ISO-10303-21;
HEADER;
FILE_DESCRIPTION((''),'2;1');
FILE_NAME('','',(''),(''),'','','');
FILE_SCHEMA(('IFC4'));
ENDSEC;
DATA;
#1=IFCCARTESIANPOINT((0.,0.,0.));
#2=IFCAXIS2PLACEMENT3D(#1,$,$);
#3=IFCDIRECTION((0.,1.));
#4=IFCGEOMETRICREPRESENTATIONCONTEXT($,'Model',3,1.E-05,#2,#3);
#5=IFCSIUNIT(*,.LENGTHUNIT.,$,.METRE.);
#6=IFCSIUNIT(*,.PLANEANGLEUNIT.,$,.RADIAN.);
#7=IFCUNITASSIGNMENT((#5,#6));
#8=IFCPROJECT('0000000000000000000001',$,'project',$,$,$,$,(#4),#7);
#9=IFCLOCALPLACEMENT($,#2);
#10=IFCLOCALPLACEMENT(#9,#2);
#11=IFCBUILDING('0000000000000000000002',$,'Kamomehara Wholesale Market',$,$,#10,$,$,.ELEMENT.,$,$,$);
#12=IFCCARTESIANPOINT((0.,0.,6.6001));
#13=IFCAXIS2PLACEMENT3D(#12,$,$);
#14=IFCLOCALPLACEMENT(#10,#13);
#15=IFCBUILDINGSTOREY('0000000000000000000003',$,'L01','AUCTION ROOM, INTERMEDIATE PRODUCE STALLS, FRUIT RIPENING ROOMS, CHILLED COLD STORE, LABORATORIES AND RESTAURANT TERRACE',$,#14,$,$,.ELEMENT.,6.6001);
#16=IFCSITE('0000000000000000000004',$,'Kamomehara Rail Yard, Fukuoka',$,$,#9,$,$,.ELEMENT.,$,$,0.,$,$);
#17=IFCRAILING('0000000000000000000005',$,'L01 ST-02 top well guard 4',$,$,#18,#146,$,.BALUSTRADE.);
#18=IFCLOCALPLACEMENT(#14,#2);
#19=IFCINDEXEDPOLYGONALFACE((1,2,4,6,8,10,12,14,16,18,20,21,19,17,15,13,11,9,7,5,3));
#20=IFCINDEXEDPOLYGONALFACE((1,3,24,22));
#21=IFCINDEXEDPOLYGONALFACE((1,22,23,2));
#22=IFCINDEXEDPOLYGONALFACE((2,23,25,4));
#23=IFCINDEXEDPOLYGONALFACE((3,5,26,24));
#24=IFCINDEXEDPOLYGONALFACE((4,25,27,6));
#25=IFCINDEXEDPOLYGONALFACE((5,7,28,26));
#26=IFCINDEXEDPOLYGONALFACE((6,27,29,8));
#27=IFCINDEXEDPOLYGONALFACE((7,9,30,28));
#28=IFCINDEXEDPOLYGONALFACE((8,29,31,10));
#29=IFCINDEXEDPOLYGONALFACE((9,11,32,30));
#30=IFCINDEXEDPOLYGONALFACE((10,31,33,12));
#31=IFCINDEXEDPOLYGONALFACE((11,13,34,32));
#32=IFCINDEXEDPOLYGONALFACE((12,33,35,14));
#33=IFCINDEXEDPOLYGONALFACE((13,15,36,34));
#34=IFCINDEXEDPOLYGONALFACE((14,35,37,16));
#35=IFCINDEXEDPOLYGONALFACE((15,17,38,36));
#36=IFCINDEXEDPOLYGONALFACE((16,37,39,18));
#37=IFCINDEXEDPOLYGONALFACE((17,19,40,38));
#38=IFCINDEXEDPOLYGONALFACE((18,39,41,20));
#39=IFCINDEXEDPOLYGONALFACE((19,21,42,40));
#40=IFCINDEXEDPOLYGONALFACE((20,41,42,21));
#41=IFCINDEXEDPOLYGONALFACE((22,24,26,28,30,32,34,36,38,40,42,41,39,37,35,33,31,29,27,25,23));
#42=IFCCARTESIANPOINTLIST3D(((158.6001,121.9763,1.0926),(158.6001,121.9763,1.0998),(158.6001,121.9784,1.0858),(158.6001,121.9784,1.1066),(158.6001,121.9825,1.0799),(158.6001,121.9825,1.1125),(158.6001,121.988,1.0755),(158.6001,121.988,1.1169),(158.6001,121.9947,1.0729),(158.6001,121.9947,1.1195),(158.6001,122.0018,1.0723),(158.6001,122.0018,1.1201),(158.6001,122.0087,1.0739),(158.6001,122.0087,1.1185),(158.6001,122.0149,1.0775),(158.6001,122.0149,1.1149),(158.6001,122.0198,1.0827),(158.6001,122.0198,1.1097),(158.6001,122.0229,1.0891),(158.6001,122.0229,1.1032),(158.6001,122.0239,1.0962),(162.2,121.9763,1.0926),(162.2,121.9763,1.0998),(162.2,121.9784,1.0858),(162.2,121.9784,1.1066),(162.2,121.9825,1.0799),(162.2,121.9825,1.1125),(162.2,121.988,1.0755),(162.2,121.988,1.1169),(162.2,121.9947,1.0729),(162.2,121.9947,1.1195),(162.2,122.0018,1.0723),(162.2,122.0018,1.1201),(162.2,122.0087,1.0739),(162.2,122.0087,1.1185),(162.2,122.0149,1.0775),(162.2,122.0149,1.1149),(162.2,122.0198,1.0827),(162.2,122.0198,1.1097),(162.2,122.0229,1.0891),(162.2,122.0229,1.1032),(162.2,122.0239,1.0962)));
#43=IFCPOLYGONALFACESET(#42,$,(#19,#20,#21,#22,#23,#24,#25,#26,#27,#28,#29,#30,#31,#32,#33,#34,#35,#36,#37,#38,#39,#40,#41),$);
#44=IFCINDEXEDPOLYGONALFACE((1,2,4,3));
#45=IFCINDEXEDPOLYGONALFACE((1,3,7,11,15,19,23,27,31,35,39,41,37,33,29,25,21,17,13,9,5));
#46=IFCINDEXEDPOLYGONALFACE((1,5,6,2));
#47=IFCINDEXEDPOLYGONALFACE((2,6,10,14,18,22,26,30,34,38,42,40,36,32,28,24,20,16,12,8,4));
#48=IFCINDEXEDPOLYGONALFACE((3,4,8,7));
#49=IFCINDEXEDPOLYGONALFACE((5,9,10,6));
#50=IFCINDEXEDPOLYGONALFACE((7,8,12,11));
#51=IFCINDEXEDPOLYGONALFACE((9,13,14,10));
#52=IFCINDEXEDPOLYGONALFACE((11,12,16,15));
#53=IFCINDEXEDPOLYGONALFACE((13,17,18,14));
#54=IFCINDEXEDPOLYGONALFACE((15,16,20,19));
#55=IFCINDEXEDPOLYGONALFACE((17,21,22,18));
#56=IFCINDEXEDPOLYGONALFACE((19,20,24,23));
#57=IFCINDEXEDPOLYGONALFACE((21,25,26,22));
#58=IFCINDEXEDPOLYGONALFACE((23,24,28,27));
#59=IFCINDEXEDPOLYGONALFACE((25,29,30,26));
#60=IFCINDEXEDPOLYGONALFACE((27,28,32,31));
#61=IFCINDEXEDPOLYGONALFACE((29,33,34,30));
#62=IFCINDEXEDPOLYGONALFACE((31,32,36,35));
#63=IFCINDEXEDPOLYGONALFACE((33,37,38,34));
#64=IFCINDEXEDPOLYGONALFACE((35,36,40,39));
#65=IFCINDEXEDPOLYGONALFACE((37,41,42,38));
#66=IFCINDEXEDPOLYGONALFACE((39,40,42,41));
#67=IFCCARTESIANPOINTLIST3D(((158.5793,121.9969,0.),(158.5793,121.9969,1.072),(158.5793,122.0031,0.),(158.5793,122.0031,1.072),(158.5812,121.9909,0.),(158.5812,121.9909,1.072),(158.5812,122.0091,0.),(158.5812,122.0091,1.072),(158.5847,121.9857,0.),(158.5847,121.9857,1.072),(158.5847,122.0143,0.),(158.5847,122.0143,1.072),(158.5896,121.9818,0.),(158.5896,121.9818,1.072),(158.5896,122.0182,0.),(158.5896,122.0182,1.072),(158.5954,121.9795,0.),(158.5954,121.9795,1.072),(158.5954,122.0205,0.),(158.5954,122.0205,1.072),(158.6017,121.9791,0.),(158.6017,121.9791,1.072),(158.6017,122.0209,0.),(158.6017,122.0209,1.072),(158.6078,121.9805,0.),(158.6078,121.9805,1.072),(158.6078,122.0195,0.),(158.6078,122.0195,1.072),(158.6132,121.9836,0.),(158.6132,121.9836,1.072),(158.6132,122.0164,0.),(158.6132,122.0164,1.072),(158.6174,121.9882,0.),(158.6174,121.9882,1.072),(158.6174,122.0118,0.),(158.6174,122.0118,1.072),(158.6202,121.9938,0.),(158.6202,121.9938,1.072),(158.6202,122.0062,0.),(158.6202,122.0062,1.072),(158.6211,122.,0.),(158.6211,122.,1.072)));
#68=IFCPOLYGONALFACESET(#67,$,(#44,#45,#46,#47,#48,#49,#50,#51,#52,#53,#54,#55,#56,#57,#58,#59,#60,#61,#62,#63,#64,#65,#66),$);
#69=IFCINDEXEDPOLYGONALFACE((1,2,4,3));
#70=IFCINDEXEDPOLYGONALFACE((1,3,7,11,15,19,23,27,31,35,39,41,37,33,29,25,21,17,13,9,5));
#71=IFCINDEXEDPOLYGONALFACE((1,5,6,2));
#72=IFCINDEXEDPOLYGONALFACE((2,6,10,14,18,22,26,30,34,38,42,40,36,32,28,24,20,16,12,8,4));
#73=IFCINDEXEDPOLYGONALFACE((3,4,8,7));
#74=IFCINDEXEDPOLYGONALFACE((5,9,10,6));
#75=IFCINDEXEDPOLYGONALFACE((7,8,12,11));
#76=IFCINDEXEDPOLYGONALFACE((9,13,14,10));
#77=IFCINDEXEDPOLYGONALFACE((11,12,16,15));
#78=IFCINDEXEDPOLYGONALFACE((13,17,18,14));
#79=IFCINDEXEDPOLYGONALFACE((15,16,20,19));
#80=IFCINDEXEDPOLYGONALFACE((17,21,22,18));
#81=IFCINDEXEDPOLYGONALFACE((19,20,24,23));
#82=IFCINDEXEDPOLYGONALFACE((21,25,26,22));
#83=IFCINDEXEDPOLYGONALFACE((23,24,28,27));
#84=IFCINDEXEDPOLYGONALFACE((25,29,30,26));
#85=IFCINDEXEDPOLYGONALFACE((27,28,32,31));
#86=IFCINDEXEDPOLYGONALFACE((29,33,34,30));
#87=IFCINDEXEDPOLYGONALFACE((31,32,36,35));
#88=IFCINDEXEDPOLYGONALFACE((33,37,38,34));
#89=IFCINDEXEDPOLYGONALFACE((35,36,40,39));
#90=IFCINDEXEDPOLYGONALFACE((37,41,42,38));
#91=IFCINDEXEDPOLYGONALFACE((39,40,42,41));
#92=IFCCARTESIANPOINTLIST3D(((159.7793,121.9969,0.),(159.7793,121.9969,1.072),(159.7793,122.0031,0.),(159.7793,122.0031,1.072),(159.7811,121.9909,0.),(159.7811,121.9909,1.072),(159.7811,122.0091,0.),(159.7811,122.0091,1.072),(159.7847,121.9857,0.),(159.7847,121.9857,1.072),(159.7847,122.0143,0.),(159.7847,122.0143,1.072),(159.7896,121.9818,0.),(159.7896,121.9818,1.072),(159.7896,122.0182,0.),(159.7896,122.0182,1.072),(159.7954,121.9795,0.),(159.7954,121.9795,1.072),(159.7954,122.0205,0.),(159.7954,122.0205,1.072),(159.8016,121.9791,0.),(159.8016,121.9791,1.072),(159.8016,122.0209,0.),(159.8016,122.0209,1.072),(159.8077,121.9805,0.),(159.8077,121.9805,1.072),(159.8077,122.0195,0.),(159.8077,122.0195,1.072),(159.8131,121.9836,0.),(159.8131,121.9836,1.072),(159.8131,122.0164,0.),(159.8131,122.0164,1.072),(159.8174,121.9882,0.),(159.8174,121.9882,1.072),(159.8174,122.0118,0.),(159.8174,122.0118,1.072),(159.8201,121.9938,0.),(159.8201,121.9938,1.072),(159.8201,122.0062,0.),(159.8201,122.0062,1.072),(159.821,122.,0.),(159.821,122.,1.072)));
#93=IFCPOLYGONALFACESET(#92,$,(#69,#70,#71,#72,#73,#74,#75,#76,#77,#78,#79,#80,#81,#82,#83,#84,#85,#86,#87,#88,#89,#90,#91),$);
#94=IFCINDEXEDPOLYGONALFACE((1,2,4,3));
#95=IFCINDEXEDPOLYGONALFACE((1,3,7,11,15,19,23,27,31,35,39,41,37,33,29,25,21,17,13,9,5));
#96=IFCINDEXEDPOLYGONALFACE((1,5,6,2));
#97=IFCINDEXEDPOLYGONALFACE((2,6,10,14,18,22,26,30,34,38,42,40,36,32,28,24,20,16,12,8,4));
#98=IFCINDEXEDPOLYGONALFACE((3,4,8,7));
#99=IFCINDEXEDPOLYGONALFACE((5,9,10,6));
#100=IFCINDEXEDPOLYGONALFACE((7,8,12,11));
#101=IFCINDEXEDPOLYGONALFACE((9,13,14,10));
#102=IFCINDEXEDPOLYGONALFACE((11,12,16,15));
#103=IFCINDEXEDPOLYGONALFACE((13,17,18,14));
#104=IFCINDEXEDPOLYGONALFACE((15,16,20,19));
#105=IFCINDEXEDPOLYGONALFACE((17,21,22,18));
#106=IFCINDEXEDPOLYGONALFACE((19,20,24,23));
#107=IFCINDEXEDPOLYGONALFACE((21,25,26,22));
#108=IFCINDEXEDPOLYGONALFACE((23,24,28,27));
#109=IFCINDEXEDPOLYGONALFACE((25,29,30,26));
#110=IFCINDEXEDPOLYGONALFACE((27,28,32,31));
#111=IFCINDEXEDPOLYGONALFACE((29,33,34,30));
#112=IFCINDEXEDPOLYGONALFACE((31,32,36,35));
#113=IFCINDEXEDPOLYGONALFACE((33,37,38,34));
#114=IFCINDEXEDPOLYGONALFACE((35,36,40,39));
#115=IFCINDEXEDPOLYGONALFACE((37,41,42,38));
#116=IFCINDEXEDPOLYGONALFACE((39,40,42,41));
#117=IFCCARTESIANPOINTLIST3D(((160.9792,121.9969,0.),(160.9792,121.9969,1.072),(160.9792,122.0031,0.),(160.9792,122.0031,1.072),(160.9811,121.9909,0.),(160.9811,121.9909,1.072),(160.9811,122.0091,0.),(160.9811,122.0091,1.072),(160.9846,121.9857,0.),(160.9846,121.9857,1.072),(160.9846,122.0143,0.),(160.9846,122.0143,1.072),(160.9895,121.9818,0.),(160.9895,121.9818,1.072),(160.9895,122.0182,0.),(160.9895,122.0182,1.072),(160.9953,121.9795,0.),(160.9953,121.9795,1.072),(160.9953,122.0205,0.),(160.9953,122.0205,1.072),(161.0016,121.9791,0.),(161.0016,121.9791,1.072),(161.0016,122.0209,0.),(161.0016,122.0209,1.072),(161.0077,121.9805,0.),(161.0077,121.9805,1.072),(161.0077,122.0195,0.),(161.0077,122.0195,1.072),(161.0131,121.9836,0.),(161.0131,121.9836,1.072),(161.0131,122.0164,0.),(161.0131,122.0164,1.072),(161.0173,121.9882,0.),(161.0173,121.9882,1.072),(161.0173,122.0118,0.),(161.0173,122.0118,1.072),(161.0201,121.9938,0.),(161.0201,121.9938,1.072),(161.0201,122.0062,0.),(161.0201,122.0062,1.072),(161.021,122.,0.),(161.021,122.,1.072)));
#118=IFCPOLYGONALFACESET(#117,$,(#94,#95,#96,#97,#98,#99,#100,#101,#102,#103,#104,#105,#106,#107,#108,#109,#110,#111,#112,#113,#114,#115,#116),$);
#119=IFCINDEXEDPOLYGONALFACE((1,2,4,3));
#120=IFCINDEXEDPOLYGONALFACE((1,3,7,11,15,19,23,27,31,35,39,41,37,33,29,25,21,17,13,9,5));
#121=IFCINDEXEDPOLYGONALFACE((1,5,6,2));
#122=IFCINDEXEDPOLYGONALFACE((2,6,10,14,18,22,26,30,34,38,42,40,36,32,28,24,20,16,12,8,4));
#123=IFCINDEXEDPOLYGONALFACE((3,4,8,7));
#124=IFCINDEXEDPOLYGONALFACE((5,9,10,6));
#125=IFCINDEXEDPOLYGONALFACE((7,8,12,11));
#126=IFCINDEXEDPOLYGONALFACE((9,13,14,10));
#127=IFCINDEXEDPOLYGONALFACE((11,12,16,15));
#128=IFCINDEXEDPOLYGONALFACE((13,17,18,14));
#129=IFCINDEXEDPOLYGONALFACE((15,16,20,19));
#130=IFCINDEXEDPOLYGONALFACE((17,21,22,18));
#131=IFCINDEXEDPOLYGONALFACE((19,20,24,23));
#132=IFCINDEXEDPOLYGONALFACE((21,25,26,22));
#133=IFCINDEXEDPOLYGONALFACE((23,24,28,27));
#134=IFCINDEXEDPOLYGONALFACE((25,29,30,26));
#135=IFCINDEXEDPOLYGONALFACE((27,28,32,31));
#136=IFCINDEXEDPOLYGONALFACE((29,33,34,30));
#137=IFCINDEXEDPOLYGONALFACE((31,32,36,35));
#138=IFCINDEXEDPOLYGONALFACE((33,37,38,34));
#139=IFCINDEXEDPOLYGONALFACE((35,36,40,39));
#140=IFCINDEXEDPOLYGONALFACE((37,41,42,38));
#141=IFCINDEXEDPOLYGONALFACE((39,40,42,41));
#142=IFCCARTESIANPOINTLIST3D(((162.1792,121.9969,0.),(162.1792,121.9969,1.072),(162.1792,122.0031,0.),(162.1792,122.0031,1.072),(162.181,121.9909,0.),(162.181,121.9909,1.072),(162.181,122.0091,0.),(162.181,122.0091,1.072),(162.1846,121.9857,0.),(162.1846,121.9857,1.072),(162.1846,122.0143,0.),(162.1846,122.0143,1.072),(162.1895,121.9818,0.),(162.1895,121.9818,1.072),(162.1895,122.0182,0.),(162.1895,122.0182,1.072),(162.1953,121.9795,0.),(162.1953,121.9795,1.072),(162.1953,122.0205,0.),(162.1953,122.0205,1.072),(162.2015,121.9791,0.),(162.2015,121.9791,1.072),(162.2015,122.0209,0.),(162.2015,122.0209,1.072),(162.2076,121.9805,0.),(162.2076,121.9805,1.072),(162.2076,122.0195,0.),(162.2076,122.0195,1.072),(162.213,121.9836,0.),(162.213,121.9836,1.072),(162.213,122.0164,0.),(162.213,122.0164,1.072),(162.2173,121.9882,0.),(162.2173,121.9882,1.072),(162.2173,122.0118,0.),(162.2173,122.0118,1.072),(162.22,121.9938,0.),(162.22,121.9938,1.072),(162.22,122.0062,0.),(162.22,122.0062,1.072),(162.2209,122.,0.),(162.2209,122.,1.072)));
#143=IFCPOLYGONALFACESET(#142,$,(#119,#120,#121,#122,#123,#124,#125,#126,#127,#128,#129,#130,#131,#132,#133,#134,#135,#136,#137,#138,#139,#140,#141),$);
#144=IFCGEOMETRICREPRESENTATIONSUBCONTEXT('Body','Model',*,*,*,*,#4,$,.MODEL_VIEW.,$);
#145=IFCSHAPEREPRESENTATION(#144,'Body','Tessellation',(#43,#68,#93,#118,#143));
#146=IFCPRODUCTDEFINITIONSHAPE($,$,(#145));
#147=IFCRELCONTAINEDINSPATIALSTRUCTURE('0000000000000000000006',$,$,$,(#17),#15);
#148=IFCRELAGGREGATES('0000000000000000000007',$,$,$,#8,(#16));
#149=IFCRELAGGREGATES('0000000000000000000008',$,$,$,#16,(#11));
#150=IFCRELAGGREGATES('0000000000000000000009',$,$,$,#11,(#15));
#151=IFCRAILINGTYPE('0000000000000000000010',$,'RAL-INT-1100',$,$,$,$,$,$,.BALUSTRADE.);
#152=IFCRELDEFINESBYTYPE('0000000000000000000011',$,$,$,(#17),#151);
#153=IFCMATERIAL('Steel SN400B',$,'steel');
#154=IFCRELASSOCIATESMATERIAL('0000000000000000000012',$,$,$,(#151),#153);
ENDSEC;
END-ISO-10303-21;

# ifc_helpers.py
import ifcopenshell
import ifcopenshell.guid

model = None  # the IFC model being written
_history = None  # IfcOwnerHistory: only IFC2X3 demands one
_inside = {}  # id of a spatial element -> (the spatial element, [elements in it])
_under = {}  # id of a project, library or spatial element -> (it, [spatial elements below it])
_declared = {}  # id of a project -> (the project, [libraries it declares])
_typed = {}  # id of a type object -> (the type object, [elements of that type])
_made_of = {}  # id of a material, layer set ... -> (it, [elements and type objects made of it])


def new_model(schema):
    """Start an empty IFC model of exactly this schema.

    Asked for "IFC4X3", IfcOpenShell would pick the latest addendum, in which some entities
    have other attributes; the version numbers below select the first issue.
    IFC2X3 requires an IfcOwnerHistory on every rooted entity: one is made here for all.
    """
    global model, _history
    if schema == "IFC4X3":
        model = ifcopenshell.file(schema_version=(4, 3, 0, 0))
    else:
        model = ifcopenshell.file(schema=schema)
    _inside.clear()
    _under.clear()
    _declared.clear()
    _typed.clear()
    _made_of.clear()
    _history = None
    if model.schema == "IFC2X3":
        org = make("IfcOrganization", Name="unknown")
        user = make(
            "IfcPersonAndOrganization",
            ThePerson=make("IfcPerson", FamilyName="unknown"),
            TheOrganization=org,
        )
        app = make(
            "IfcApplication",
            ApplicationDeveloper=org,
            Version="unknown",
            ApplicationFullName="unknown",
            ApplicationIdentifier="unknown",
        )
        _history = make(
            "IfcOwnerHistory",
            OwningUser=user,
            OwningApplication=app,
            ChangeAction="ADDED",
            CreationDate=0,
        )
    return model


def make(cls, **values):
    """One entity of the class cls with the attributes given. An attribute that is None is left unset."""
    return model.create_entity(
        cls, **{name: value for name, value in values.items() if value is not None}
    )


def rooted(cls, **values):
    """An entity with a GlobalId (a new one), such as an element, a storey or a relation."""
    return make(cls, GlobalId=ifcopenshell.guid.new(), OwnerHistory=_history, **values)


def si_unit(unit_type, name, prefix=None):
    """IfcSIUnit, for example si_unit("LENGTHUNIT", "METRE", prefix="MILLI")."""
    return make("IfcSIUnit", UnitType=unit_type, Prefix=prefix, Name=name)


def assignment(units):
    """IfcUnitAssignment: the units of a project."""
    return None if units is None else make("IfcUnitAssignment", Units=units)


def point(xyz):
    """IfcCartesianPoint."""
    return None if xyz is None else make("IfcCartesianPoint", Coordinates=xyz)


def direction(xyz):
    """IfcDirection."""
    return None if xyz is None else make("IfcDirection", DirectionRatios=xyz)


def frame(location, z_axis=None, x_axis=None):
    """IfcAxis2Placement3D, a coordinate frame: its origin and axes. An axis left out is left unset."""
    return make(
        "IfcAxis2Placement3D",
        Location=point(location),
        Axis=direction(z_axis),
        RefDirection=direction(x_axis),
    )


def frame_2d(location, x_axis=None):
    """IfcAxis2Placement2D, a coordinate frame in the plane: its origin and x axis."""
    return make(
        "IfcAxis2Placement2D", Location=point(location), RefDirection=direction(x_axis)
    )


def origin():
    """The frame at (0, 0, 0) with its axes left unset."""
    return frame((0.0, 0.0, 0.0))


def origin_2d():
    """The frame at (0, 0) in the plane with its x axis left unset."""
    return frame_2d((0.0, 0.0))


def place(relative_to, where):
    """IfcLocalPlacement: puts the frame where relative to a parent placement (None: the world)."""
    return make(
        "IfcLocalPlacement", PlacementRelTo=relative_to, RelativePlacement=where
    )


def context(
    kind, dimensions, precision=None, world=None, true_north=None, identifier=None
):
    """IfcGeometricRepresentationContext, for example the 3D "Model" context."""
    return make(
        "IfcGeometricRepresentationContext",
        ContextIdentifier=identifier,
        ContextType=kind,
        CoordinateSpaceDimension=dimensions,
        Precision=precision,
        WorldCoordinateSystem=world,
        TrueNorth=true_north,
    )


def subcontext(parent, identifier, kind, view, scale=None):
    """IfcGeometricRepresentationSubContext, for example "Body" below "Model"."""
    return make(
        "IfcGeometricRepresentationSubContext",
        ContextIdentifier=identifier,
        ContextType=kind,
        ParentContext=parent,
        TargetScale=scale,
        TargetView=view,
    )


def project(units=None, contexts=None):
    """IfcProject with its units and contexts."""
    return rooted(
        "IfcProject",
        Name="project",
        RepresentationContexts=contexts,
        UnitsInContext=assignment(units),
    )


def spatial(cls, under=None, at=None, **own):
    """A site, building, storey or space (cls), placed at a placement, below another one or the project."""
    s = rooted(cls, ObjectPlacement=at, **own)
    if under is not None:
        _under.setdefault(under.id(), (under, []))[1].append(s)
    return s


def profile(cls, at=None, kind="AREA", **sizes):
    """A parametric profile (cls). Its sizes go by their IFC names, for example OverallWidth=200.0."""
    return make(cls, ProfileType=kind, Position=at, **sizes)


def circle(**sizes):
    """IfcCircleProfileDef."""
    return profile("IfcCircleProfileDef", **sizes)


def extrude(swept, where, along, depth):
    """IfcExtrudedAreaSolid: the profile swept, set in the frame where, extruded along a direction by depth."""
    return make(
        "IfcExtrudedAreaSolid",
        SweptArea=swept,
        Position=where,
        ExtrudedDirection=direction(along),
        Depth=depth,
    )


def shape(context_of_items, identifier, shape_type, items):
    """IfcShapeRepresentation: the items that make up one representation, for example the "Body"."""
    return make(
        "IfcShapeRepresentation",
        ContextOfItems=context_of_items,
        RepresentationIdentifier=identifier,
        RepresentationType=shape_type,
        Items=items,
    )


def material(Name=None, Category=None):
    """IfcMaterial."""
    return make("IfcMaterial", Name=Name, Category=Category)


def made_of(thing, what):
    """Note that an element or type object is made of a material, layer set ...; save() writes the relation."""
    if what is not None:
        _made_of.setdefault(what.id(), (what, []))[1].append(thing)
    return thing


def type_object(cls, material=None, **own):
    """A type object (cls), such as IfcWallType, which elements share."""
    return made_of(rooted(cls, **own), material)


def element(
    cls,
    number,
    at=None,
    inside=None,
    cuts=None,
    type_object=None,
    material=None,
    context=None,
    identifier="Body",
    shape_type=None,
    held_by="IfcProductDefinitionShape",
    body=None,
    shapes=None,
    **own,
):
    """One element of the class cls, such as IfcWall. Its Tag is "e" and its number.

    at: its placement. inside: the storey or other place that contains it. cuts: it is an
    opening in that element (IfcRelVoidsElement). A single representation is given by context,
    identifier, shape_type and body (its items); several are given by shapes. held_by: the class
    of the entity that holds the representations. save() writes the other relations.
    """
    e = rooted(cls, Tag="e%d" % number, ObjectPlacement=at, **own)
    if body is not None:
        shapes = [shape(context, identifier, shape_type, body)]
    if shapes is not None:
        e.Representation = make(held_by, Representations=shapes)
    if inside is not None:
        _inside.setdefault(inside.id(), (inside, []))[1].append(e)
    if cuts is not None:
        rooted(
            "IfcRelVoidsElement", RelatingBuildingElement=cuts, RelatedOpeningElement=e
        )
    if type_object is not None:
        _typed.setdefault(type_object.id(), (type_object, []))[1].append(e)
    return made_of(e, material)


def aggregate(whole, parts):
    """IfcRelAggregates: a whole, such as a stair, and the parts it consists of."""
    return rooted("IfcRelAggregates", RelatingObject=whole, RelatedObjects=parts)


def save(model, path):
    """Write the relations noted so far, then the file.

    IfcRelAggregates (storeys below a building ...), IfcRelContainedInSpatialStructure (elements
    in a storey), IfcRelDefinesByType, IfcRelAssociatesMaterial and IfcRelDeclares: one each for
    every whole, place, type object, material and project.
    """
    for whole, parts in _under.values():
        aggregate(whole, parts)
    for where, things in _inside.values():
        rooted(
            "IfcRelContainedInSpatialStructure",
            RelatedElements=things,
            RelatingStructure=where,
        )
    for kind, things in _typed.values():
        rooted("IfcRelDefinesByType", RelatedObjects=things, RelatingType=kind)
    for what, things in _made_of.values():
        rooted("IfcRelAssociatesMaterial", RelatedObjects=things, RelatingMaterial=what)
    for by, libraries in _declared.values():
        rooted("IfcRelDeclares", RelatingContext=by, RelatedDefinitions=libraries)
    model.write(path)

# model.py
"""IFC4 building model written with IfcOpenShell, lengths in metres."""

from ifc_helpers import new_model, si_unit, direction, frame, origin, origin_2d, place, context, subcontext, project, spatial, circle, extrude, material, type_object, element, save


model = new_model("IFC4")

# Units and contexts
model_context = context("Model", 3, precision=1e-05, world=origin(), true_north=direction((0.0, 1.0)))
body_context = subcontext(model_context, "Body", "Model", "MODEL_VIEW")
ifc_project = project(units=[si_unit("LENGTHUNIT", "METRE"), si_unit("PLANEANGLEUNIT", "RADIAN")], contexts=[model_context])

# Site, building, storey
site_placement = place(None, origin())
site = spatial("IfcSite", under=ifc_project, at=site_placement, Name="Kamomehara Rail Yard, Fukuoka", CompositionType="ELEMENT", RefElevation=0.0)
building_placement = place(site_placement, origin())
building = spatial("IfcBuilding", under=site, at=building_placement, Name="Kamomehara Wholesale Market", CompositionType="ELEMENT")
storey_placement = place(building_placement, frame((0.0, 0.0, 6.6001)))
storey = spatial("IfcBuildingStorey", under=building, at=storey_placement, Name="L01", Description="AUCTION ROOM, INTERMEDIATE PRODUCE STALLS, FRUIT RIPENING ROOMS, CHILLED COLD STORE, LABORATORIES AND RESTAURANT TERRACE", CompositionType="ELEMENT", Elevation=6.6001)

# Railing
ifc_material_1 = material(Name="Steel SN400B", Category="steel")
railing_type = type_object("IfcRailingType", Name="RAL-INT-1100", PredefinedType="BALUSTRADE", material=ifc_material_1)
railing_1_placement = place(storey_placement, frame((158.6001, 122.0, 0.0)))
element("IfcRailing", 1, at=railing_1_placement, inside=storey, type_object=railing_type, Name="L01 ST-02 top well guard 4", PredefinedType="BALUSTRADE", context=body_context, shape_type="SweptSolid", body=[
    extrude(circle(Radius=0.0239, at=origin_2d()), frame((0.0, 0.0, 1.0962), z_axis=(1.0, 0.0, 0.0), x_axis=(0.0, 1.0, 0.0)), (0.0, 0.0, 1.0), 3.5999),
    extrude(circle(Radius=0.021, at=origin_2d()), origin(), (0.0, 0.0, 1.0), 1.072),
    extrude(circle(Radius=0.021, at=origin_2d()), frame((1.2, 0.0, 0.0)), (0.0, 0.0, 1.0), 1.072),
    extrude(circle(Radius=0.021, at=origin_2d()), frame((2.3999, 0.0, 0.0)), (0.0, 0.0, 1.0), 1.072),
    extrude(circle(Radius=0.021, at=origin_2d()), frame((3.5999, 0.0, 0.0)), (0.0, 0.0, 1.0), 1.072),
])

save(model, "model.ifc")
